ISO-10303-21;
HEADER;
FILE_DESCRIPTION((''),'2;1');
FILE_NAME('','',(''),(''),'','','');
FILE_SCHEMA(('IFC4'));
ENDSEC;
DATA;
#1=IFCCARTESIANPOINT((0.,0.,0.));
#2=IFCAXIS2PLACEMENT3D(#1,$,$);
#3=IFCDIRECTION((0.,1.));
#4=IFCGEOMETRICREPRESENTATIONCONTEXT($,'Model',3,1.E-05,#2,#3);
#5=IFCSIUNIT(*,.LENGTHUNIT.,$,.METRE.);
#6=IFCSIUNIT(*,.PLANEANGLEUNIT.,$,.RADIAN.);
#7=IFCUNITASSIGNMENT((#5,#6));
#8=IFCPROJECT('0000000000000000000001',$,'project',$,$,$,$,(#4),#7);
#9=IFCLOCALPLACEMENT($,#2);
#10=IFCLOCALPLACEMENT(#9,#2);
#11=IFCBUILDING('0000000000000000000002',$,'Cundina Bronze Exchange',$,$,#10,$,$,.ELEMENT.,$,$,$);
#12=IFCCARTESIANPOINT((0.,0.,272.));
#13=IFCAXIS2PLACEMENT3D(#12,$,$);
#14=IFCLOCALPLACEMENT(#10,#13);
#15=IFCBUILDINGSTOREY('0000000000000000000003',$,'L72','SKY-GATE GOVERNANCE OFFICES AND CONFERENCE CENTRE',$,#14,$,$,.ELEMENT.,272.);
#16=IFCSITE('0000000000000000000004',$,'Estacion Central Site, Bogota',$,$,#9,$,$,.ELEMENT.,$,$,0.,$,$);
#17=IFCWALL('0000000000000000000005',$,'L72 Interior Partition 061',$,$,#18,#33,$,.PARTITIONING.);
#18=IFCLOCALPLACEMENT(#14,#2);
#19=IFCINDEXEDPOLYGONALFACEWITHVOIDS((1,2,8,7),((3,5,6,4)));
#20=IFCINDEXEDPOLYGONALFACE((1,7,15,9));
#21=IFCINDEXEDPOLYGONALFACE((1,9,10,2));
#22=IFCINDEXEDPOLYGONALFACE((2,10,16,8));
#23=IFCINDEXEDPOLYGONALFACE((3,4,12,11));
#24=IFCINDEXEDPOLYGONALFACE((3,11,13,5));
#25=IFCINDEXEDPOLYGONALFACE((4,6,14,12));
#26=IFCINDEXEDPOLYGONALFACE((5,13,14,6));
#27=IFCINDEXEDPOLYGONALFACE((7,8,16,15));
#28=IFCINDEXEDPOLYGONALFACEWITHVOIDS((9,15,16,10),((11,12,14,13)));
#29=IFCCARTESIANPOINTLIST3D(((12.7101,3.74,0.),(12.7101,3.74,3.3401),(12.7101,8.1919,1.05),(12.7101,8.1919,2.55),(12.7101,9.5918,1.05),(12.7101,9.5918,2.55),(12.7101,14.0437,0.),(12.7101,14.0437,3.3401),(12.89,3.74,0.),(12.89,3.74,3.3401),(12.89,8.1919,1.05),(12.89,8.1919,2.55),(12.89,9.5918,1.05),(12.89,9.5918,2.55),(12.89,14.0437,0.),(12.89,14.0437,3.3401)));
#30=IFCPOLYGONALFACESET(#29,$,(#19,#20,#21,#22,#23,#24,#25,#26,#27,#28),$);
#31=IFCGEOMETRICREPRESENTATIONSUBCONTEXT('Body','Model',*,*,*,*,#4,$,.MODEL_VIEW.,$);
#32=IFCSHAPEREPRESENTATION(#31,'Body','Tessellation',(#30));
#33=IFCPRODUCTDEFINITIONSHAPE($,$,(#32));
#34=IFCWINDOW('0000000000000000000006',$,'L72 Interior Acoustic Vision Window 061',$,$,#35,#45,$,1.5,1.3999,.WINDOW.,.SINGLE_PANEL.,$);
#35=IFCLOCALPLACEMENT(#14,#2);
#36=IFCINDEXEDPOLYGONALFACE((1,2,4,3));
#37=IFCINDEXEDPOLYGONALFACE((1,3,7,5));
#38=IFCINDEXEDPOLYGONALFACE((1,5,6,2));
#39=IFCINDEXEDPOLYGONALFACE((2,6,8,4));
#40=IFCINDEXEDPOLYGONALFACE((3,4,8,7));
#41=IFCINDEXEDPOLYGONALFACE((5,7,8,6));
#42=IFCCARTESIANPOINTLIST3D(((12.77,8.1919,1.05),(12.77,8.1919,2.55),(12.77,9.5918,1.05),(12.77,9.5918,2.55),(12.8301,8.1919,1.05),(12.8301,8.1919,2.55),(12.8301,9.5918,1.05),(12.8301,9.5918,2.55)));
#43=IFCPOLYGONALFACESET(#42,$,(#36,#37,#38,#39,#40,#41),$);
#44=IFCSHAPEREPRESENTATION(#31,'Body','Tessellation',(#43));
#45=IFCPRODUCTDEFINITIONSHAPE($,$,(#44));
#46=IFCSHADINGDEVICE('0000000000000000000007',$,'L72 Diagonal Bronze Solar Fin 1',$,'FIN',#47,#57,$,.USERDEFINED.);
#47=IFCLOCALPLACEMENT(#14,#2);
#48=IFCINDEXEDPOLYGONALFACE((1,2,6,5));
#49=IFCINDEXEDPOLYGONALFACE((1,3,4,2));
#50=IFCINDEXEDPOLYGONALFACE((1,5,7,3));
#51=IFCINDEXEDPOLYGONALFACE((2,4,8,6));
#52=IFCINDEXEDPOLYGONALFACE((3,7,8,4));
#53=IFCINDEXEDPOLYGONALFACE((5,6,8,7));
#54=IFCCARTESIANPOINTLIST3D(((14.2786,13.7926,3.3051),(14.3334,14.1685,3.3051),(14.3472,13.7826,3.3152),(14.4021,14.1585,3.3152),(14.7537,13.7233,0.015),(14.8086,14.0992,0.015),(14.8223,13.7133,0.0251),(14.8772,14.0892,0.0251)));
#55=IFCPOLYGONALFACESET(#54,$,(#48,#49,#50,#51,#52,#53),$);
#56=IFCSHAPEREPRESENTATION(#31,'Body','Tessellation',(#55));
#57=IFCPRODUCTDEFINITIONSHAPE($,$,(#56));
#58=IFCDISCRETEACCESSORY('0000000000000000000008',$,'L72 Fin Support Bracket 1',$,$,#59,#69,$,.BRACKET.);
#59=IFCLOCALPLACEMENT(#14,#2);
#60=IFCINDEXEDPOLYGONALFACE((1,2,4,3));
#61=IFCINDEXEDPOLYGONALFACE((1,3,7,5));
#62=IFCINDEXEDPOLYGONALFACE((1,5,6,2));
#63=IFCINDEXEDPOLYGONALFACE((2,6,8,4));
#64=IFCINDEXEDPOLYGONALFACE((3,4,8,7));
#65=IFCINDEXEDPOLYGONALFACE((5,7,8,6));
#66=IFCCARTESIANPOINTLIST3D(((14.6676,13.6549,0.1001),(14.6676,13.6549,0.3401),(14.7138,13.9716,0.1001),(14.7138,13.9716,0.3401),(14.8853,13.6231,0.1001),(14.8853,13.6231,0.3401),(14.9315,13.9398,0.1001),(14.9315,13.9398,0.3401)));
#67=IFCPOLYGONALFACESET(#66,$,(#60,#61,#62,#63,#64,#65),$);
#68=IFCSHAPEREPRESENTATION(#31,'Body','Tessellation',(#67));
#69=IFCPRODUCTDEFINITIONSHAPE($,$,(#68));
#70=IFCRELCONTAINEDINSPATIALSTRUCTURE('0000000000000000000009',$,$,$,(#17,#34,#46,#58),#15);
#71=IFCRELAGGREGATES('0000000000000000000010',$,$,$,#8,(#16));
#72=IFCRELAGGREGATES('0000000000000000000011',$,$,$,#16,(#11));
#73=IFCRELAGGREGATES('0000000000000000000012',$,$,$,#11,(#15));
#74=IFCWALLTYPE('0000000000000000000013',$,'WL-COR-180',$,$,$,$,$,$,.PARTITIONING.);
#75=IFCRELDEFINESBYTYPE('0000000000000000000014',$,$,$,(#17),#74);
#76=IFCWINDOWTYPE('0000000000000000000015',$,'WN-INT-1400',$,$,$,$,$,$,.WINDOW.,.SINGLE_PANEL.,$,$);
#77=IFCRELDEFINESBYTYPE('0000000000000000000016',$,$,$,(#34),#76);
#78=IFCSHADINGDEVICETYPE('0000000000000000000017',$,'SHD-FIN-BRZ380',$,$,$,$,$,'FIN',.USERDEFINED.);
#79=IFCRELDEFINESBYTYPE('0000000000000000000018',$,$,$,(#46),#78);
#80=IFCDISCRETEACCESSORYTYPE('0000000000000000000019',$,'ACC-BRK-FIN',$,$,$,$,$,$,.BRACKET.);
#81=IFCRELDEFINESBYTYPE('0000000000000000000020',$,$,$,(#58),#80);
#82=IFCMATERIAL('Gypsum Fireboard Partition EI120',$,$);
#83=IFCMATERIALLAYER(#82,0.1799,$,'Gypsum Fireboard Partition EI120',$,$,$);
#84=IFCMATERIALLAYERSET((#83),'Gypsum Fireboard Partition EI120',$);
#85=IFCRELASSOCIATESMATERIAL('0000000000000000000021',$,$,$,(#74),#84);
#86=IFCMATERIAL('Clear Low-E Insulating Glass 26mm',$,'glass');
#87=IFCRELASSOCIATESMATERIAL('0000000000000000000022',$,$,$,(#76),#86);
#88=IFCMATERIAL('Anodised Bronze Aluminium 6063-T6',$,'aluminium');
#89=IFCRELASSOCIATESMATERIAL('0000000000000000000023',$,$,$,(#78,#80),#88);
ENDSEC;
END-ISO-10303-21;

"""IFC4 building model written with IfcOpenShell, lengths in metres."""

from ifc_helpers import new_model, si_unit, direction, frame, frame_2d, origin, origin_2d, place, context, subcontext, project, spatial, rectangle, extrude, material, layer, layer_set, material_profile, profile_set, type_object, element, fill, save


model = new_model("IFC4")

# Units and contexts
model_context = context("Model", 3, precision=1e-05, world=origin(), true_north=direction((0.0, 1.0)))
body_context = subcontext(model_context, "Body", "Model", "MODEL_VIEW")
ifc_project = project(units=[si_unit("LENGTHUNIT", "METRE"), si_unit("PLANEANGLEUNIT", "RADIAN")], contexts=[model_context])

# Site, building, storey
site_placement = place(None, origin())
site = spatial("IfcSite", under=ifc_project, at=site_placement, Name="Estacion Central Site, Bogota", CompositionType="ELEMENT", RefElevation=0.0)
building_placement = place(site_placement, origin())
building = spatial("IfcBuilding", under=site, at=building_placement, Name="Cundina Bronze Exchange", CompositionType="ELEMENT")
storey_placement = place(building_placement, frame((0.0, 0.0, 272.0)))
storey = spatial("IfcBuildingStorey", under=building, at=storey_placement, Name="L72", Description="SKY-GATE GOVERNANCE OFFICES AND CONFERENCE CENTRE", CompositionType="ELEMENT", Elevation=272.0)

# Shared definitions
ifc_material_1 = material(Name="Anodised Bronze Aluminium 6063-T6", Category="aluminium")

# Shared definitions
ifc_material_2 = material(Name="Gypsum Fireboard Partition EI120")
ifc_layer_1 = layer(ifc_material_2, 0.1799, Name="Gypsum Fireboard Partition EI120")
ifc_layer_set_1 = layer_set([ifc_layer_1], Name="Gypsum Fireboard Partition EI120")
wall_type = type_object("IfcWallType", Name="WL-COR-180", PredefinedType="PARTITIONING", material=ifc_layer_set_1)

# Wall, opening, window
wall_1_placement = place(storey_placement, frame((12.8, 3.74, 0.0), z_axis=(0.0, 0.0, 1.0), x_axis=(0.0, 1.0, 0.0)))
wall_1 = element("IfcWall", 1, at=wall_1_placement, inside=storey, type_object=wall_type, Name="L72 Interior Partition 061", PredefinedType="PARTITIONING", context=body_context, shape_type="SweptSolid", body=[
    extrude(rectangle(XDim=10.3037, YDim=0.1799, at=frame_2d((5.1519, 0.0))), origin(), (0.0, 0.0, 1.0), 3.3401),
])
opening_placement = place(wall_1_placement, frame((4.4519, 0.0, 1.05)))
opening = element("IfcOpeningElement", 2, at=opening_placement, cuts=wall_1, PredefinedType="OPENING", context=body_context, shape_type="SweptSolid", body=[
    extrude(rectangle(XDim=1.3999, YDim=1.5, at=frame_2d((0.7, 0.75))), frame((0.0, 0.0999, 0.0), z_axis=(0.0, -1.0, 0.0), x_axis=(1.0, 0.0, 0.0)), (0.0, 0.0, 1.0), 0.2),
])
ifc_material_3 = material(Name="Clear Low-E Insulating Glass 26mm", Category="glass")
window_type = type_object("IfcWindowType", Name="WN-INT-1400", PartitioningType="SINGLE_PANEL", PredefinedType="WINDOW", material=ifc_material_3)
window_placement = place(opening_placement, origin())
window = element("IfcWindow", 3, at=window_placement, inside=storey, type_object=window_type, Name="L72 Interior Acoustic Vision Window 061", OverallHeight=1.5, OverallWidth=1.3999, PartitioningType="SINGLE_PANEL", PredefinedType="WINDOW", context=body_context, shape_type="SweptSolid", body=[
    extrude(rectangle(XDim=1.3999, YDim=1.5, at=frame_2d((0.7, 0.75))), frame((0.0, 0.03, 0.0), z_axis=(0.0, -1.0, 0.0), x_axis=(1.0, 0.0, 0.0)), (0.0, 0.0, 1.0), 0.0601),
])
fill(opening, window)

# Shading device
ifc_material_profile_1 = material_profile(ifc_material_1, rectangle(XDim=0.0701, YDim=0.3799, at=origin_2d()), Name="FIN70X380", Category="aluminium")
ifc_profile_set_1 = profile_set([ifc_material_profile_1], Name="Anodised Bronze Aluminium 6063-T6")
shading_device_type = type_object("IfcShadingDeviceType", Name="SHD-FIN-BRZ380", ElementType="FIN", PredefinedType="USERDEFINED", material=ifc_profile_set_1)
shading_device_placement = place(storey_placement, frame((14.8154, 13.9062, 0.02), z_axis=(-0.142891, 0.020854, 0.989519), x_axis=(0.979146, -0.142897, 0.144405)))
element("IfcShadingDevice", 4, at=shading_device_placement, inside=storey, type_object=shading_device_type, Name="L72 Diagonal Bronze Solar Fin 1", ObjectType="FIN", PredefinedType="USERDEFINED", context=body_context, shape_type="SweptSolid", body=[
    extrude(rectangle(XDim=0.0701, YDim=0.3799, at=origin_2d()), origin(), (0.0, 0.0, 1.0), 3.325),
])

# Discrete accessory
discrete_accessory_type = type_object("IfcDiscreteAccessoryType", Name="ACC-BRK-FIN", PredefinedType="BRACKET", material=ifc_material_1)
discrete_accessory_placement = place(storey_placement, frame((14.7996, 13.7974, 0.1001), z_axis=(0.0, 0.0, 1.0), x_axis=(-0.989528, 0.144339, 0.0)))
element("IfcDiscreteAccessory", 5, at=discrete_accessory_placement, inside=storey, type_object=discrete_accessory_type, Name="L72 Fin Support Bracket 1", PredefinedType="BRACKET", context=body_context, shape_type="SweptSolid", body=[
    extrude(rectangle(XDim=0.22, YDim=0.3201, at=origin_2d()), origin(), (0.0, 0.0, 1.0), 0.24),
])

save(model, "model.ifc")
